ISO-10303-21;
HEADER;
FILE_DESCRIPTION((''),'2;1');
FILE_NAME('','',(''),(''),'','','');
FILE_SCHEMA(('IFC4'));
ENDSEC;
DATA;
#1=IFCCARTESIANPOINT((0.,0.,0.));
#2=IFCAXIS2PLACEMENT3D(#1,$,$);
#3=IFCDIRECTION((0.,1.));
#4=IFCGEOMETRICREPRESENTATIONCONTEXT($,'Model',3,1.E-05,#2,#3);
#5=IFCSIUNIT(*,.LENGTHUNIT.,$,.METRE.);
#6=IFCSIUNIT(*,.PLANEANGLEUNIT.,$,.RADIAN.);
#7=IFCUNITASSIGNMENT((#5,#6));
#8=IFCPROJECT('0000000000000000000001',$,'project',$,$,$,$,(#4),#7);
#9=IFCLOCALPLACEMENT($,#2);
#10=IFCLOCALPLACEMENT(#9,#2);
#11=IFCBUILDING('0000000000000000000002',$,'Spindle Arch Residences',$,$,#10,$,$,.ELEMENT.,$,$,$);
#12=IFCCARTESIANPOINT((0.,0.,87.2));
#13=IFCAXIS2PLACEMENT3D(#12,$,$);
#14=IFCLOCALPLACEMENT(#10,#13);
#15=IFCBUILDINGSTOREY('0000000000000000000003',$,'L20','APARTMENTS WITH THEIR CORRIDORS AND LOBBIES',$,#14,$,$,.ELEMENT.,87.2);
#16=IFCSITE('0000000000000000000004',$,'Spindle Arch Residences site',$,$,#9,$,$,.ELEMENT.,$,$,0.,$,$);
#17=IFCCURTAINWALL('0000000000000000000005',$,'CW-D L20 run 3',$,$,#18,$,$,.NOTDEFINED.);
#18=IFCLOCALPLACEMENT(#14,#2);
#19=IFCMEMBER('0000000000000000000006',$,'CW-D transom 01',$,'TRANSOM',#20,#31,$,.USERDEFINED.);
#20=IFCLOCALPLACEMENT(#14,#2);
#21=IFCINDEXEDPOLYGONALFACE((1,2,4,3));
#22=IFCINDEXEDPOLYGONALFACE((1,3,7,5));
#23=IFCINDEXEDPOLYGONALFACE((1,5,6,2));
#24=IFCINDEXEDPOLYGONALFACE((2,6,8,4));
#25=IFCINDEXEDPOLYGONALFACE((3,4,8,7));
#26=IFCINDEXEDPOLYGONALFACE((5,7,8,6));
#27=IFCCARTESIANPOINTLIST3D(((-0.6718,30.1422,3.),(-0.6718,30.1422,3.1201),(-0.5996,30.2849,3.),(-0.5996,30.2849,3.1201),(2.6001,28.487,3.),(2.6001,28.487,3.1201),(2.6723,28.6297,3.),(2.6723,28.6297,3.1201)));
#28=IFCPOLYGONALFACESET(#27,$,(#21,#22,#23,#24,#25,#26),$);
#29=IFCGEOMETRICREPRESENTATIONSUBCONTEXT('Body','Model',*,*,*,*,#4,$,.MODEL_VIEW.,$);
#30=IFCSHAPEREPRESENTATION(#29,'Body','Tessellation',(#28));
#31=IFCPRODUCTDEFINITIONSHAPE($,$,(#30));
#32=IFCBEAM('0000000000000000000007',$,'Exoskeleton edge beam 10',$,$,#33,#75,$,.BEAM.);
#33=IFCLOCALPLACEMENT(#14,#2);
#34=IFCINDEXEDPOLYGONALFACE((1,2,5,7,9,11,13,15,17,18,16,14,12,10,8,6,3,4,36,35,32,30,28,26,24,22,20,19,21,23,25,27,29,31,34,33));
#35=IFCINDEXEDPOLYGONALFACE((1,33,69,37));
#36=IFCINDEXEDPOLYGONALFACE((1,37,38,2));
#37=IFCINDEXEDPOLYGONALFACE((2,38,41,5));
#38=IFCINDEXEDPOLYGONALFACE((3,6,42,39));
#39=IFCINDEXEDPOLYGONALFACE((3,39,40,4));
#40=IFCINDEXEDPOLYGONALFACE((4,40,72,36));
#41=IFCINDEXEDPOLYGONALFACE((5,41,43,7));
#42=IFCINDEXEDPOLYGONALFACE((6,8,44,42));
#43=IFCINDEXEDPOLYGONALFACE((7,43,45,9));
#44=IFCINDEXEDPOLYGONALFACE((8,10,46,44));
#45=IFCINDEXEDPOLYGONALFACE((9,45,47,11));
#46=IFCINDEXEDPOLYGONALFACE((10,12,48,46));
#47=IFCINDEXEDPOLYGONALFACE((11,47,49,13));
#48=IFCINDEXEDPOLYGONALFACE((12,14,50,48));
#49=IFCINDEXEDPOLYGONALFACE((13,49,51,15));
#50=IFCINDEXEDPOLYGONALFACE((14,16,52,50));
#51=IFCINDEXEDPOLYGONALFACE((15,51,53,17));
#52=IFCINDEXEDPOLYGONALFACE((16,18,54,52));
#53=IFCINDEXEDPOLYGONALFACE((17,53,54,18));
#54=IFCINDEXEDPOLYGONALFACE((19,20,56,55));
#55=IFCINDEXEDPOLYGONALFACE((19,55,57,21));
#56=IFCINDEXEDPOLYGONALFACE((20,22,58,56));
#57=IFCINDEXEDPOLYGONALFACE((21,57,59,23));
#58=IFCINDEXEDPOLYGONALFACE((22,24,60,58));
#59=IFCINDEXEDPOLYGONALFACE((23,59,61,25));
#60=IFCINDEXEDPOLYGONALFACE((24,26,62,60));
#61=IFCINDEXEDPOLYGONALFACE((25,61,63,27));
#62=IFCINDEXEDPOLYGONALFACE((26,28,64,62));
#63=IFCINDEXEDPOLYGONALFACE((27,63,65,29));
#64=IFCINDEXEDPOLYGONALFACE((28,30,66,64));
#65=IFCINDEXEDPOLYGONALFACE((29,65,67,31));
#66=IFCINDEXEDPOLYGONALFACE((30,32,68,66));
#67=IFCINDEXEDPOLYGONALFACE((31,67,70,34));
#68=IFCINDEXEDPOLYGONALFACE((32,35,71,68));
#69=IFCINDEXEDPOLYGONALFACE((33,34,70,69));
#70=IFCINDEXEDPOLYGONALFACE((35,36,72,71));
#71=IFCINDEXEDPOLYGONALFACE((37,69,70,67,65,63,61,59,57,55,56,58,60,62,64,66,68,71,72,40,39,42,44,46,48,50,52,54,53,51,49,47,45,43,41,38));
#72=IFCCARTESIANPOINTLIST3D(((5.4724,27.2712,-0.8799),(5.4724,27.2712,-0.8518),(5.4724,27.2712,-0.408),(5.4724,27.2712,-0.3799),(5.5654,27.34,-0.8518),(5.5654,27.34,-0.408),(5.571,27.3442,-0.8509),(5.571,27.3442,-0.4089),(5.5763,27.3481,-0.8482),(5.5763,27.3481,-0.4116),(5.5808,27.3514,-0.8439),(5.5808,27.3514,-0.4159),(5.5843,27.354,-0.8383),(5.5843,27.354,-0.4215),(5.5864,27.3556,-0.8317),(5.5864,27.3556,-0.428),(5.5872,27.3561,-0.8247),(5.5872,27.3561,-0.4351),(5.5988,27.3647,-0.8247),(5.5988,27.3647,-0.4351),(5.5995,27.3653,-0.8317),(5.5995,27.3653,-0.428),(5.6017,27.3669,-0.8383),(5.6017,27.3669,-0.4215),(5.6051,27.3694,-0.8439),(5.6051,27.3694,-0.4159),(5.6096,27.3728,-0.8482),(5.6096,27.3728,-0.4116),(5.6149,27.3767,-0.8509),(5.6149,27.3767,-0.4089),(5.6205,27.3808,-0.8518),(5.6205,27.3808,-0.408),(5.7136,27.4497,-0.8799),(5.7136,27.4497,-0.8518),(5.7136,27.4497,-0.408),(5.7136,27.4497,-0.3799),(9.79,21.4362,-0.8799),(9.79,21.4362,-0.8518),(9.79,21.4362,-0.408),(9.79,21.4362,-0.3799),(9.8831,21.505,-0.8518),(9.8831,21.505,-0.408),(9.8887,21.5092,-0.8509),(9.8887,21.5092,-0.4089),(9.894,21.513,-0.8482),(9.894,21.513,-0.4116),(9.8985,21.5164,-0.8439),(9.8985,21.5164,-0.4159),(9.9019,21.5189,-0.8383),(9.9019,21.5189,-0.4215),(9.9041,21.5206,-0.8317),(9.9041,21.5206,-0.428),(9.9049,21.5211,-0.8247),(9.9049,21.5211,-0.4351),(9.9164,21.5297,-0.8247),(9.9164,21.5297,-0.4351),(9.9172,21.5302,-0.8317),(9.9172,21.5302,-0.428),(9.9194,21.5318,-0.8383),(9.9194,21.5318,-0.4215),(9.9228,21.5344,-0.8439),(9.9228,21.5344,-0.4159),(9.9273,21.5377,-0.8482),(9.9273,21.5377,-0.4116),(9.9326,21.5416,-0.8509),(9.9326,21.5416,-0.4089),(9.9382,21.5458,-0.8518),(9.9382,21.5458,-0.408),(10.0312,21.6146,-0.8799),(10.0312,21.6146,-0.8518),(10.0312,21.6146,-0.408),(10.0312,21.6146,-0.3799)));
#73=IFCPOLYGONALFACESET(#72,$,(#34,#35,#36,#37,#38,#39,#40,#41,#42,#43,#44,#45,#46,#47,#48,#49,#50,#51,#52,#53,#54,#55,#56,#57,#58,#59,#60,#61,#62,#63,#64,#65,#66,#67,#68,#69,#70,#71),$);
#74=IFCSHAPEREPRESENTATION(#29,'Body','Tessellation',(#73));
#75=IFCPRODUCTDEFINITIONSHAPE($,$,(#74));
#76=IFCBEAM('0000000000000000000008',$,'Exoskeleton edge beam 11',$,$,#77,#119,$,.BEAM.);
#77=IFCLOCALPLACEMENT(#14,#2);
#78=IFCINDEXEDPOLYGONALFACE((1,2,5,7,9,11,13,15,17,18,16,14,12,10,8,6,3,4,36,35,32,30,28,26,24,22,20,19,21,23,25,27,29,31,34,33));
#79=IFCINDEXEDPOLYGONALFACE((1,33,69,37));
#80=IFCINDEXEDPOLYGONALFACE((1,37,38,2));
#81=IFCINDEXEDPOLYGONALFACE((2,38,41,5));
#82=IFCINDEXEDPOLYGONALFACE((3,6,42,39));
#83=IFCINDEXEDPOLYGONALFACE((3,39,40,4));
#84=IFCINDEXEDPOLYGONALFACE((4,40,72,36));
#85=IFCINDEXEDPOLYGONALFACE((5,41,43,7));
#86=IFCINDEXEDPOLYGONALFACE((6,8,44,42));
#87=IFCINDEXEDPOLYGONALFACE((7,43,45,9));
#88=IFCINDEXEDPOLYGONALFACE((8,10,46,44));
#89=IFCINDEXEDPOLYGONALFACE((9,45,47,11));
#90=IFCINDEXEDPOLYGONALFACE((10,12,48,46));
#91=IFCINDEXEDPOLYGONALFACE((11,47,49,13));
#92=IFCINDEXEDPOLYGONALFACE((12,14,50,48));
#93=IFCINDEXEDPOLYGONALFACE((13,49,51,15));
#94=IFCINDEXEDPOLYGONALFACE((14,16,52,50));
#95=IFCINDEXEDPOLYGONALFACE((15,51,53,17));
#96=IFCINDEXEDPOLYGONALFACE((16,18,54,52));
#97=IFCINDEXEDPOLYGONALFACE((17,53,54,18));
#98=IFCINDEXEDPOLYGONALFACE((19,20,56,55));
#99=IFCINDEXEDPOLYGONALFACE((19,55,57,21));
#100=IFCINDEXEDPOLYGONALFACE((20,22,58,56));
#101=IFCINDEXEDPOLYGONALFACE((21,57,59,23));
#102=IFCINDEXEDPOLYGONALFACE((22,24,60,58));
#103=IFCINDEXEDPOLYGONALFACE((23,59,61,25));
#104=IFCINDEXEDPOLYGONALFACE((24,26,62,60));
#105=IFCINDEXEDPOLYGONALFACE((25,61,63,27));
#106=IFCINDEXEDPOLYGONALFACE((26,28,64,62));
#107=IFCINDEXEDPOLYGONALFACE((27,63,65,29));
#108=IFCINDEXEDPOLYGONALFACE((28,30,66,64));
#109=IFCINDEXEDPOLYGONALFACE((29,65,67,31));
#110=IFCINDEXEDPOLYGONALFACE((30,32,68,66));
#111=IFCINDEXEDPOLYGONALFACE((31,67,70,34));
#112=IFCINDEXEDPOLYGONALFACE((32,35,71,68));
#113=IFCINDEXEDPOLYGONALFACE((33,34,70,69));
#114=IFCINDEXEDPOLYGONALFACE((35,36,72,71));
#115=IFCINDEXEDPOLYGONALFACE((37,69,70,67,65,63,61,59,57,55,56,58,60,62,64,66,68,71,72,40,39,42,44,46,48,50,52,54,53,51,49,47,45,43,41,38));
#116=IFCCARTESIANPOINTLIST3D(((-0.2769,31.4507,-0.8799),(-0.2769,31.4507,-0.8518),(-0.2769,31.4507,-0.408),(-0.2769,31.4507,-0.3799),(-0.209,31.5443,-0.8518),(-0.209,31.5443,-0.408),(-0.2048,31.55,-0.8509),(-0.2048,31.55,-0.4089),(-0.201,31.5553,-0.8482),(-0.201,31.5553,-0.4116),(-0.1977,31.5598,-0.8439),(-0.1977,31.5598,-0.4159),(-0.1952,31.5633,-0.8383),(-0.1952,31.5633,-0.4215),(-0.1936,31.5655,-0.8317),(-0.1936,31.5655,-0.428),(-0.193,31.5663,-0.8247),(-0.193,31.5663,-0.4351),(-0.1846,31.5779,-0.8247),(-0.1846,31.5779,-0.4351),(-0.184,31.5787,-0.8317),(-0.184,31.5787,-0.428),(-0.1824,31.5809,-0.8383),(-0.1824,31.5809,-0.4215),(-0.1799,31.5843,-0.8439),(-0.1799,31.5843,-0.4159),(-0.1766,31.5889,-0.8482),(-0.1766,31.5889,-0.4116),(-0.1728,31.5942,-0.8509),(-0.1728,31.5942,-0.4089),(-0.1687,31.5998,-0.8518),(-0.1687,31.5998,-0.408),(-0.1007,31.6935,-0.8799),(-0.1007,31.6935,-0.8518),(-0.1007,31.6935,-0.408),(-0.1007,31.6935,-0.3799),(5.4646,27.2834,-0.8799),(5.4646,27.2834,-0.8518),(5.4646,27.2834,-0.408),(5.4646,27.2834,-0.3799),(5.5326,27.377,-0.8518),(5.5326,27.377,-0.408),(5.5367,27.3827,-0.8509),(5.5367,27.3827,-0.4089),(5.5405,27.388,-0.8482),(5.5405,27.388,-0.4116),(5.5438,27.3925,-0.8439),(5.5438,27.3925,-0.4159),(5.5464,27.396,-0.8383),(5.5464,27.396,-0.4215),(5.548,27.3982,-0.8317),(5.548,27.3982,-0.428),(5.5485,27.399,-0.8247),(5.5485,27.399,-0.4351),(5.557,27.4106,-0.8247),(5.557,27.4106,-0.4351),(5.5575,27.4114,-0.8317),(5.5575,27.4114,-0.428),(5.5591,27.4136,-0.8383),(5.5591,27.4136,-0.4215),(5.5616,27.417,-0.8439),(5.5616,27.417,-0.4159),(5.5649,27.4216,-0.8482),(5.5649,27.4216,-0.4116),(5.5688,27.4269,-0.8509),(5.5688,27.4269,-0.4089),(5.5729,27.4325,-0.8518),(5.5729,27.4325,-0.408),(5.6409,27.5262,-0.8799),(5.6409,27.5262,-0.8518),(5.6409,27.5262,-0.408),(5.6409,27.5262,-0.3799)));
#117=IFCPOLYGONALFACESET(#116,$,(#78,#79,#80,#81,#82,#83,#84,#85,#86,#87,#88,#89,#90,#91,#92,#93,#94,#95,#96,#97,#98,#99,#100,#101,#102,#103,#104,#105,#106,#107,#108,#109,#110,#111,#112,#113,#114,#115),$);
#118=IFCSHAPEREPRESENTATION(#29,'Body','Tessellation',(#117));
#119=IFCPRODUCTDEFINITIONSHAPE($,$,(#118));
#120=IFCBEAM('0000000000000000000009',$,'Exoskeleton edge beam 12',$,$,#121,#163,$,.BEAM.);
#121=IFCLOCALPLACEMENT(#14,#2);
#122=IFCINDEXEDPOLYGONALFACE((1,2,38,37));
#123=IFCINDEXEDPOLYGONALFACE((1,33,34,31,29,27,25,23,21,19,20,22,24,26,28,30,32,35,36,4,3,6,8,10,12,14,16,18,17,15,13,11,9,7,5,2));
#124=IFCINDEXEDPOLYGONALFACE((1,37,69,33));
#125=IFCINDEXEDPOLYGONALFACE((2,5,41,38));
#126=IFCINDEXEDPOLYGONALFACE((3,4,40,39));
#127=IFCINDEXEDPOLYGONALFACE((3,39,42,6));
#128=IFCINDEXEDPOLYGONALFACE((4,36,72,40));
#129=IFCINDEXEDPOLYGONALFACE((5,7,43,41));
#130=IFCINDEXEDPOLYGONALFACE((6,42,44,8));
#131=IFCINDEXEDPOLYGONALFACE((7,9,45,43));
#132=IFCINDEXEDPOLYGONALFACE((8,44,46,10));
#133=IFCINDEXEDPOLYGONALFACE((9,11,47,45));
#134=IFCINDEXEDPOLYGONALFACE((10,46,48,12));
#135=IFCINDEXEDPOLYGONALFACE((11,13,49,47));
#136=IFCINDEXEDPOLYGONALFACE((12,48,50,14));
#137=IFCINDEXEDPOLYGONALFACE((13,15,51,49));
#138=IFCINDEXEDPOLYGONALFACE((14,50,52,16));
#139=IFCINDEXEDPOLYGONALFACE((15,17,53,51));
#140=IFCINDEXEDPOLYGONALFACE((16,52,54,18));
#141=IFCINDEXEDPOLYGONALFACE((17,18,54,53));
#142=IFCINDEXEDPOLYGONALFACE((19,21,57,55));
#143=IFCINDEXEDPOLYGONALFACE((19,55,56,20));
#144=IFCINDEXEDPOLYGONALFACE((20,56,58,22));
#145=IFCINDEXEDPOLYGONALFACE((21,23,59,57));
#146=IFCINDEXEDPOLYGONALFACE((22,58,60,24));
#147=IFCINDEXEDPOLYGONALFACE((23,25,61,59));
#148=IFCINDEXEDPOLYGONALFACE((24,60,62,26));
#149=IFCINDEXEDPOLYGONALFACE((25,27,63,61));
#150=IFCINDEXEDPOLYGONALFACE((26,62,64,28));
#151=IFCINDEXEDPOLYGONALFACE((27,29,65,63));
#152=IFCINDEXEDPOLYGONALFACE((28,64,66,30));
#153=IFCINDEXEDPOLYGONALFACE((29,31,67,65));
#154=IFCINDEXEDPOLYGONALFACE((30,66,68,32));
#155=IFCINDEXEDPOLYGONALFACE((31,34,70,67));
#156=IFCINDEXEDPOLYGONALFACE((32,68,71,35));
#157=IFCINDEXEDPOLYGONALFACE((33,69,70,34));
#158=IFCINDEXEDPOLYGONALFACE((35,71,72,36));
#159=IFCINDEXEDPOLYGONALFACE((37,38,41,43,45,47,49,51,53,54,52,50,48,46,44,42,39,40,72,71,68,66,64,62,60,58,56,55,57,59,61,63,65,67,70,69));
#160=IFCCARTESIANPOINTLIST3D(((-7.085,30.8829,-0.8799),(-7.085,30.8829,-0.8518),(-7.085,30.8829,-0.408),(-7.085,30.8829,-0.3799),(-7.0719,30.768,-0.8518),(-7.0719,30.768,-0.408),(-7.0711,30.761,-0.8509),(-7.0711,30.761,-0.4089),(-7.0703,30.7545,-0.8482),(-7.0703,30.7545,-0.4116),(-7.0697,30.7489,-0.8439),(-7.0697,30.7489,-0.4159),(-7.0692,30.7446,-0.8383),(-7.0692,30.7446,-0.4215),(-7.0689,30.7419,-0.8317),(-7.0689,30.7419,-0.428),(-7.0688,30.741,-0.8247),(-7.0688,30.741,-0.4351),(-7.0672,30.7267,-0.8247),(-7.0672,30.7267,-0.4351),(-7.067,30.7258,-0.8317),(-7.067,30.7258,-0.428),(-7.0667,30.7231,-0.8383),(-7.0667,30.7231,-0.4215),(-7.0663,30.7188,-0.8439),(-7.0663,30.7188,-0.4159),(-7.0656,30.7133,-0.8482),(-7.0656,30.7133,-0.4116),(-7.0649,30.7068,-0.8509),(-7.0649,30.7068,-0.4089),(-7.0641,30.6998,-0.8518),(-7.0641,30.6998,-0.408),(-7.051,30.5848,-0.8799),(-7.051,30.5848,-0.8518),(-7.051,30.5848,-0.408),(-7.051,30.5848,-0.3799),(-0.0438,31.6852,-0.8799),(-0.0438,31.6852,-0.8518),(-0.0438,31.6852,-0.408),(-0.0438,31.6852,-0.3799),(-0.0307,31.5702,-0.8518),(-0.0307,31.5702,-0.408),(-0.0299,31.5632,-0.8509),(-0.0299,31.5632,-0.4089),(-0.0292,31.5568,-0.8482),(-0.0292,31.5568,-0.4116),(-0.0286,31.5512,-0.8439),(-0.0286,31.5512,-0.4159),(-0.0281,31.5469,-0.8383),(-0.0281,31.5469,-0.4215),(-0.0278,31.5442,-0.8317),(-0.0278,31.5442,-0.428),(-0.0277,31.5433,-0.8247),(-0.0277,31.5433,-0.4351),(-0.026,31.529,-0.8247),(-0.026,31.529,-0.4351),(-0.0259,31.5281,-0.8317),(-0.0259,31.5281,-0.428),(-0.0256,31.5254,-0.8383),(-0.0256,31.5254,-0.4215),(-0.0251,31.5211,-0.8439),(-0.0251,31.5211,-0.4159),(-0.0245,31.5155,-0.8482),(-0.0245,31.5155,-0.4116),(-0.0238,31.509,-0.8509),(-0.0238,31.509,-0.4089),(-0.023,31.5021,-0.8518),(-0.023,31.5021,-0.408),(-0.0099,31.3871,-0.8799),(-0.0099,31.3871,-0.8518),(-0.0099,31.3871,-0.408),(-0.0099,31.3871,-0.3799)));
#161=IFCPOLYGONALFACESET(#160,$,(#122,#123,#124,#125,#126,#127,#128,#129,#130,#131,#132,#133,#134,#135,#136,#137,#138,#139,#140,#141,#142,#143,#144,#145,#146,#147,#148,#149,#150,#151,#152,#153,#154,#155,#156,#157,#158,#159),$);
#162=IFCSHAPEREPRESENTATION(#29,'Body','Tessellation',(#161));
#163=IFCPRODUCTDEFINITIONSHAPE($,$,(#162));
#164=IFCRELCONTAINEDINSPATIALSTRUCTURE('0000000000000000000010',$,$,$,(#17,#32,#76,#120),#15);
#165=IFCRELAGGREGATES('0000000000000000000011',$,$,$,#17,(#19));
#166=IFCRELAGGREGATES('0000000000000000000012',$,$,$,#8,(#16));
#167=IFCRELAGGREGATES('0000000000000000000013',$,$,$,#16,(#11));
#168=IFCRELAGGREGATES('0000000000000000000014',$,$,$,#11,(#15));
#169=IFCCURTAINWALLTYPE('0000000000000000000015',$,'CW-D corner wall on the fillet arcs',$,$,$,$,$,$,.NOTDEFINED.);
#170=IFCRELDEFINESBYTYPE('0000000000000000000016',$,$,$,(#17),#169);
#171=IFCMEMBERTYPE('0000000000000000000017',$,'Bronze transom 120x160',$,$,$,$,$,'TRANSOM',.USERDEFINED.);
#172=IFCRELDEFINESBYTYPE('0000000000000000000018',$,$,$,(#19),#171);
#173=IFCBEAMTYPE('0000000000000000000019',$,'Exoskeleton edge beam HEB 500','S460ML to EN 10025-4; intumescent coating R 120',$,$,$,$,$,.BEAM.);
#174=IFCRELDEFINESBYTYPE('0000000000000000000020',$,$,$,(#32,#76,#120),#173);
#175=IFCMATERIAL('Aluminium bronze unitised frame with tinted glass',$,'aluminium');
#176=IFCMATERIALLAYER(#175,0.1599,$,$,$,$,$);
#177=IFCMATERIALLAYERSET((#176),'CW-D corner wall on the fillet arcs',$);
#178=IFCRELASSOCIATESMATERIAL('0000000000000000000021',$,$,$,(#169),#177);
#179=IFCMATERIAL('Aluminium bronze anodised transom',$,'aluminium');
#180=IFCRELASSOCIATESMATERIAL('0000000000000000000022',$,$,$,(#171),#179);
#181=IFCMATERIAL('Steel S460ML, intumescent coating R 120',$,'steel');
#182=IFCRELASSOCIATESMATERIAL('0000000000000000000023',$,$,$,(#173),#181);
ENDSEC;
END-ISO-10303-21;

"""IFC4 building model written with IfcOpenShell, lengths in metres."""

from ifc_helpers import new_model, si_unit, direction, frame, origin, origin_2d, place, context, subcontext, project, spatial, rectangle, i_section, extrude, material, layer, layer_set, material_profile, profile_set, type_object, element, aggregate, save


model = new_model("IFC4")

# Units and contexts
model_context = context("Model", 3, precision=1e-05, world=origin(), true_north=direction((0.0, 1.0)))
body_context = subcontext(model_context, "Body", "Model", "MODEL_VIEW")
ifc_project = project(units=[si_unit("LENGTHUNIT", "METRE"), si_unit("PLANEANGLEUNIT", "RADIAN")], contexts=[model_context])

# Site, building, storey
site_placement = place(None, origin())
site = spatial("IfcSite", under=ifc_project, at=site_placement, Name="Spindle Arch Residences site", CompositionType="ELEMENT", RefElevation=0.0)
building_placement = place(site_placement, origin())
building = spatial("IfcBuilding", under=site, at=building_placement, Name="Spindle Arch Residences", CompositionType="ELEMENT")
storey_placement = place(building_placement, frame((0.0, 0.0, 87.2)))
storey = spatial("IfcBuildingStorey", under=building, at=storey_placement, Name="L20", Description="APARTMENTS WITH THEIR CORRIDORS AND LOBBIES", CompositionType="ELEMENT", Elevation=87.2)

# Curtain wall, member
ifc_material_1 = material(Name="Aluminium bronze unitised frame with tinted glass", Category="aluminium")
ifc_layer_1 = layer(ifc_material_1, 0.1599)
ifc_layer_set_1 = layer_set([ifc_layer_1], Name="CW-D corner wall on the fillet arcs")
curtain_wall_type_1 = type_object("IfcCurtainWallType", Name="CW-D corner wall on the fillet arcs", PredefinedType="NOTDEFINED", material=ifc_layer_set_1)
curtain_wall_1_placement = place(storey_placement, origin())
curtain_wall_1 = element("IfcCurtainWall", 1, at=curtain_wall_1_placement, inside=storey, type_object=curtain_wall_type_1, Name="CW-D L20 run 3", PredefinedType="NOTDEFINED")
ifc_material_2 = material(Name="Aluminium bronze anodised transom", Category="aluminium")
ifc_material_profile_1 = material_profile(ifc_material_2, rectangle(XDim=0.1599, YDim=0.1201, at=origin_2d()), Name="TR 120x160")
ifc_profile_set_1 = profile_set([ifc_material_profile_1], Name="Aluminium bronze anodised transom")
member_type_1 = type_object("IfcMemberType", Name="Bronze transom 120x160", ElementType="TRANSOM", PredefinedType="USERDEFINED", material=ifc_profile_set_1)
member_1_placement = place(storey_placement, frame((2.6362, 28.5583, 3.0601), z_axis=(-0.892313, 0.451417, 0.0), x_axis=(-0.451417, -0.892313, 0.0)))
member_1 = element("IfcMember", 2, at=member_1_placement, type_object=member_type_1, Name="CW-D transom 01", ObjectType="TRANSOM", PredefinedType="USERDEFINED", context=body_context, shape_type="SweptSolid", body=[
    extrude(rectangle(XDim=0.1599, YDim=0.1201, at=origin_2d()), origin(), (0.0, 0.0, 1.0), 3.6667),
])

# Beams
ifc_material_3 = material(Name="Steel S460ML, intumescent coating R 120", Category="steel")
ifc_material_profile_2 = material_profile(ifc_material_3, i_section(OverallWidth=0.3, OverallDepth=0.5, WebThickness=0.0144, FlangeThickness=0.0281, FilletRadius=0.0271, at=origin_2d()), Name="HEB 500")
ifc_profile_set_2 = profile_set([ifc_material_profile_2], Name="Steel S460ML, intumescent coating R 120")
beam_type_1 = type_object("IfcBeamType", Name="Exoskeleton edge beam HEB 500", Description="S460ML to EN 10025-4; intumescent coating R 120", PredefinedType="BEAM", material=ifc_profile_set_2)
beam_1_placement = place(storey_placement, frame((9.9106, 21.5254, -0.6299), z_axis=(-0.594821, 0.803858, 0.0), x_axis=(-0.803858, -0.594821, 0.0)))
element("IfcBeam", 3, at=beam_1_placement, inside=storey, type_object=beam_type_1, Name="Exoskeleton edge beam 10", PredefinedType="BEAM", context=body_context, shape_type="SweptSolid", body=[
    extrude(i_section(OverallWidth=0.3, OverallDepth=0.5, WebThickness=0.0144, FlangeThickness=0.0281, FilletRadius=0.0271, at=origin_2d()), origin(), (0.0, 0.0, 1.0), 7.2588),
])
beam_2_placement = place(storey_placement, frame((5.5527, 27.4048, -0.6299), z_axis=(-0.809297, 0.5874, 0.0), x_axis=(-0.5874, -0.809297, 0.0)))
element("IfcBeam", 4, at=beam_2_placement, inside=storey, type_object=beam_type_1, Name="Exoskeleton edge beam 11", PredefinedType="BEAM", context=body_context, shape_type="SweptSolid", body=[
    extrude(i_section(OverallWidth=0.3, OverallDepth=0.5, WebThickness=0.0144, FlangeThickness=0.0281, FilletRadius=0.0271, at=origin_2d()), origin(), (0.0, 0.0, 1.0), 7.0945),
])
beam_3_placement = place(storey_placement, frame((-0.0269, 31.5361, -0.6299), z_axis=(-0.993571, -0.113207, 0.0), x_axis=(0.113207, -0.993571, 0.0)))
element("IfcBeam", 5, at=beam_3_placement, inside=storey, type_object=beam_type_1, Name="Exoskeleton edge beam 12", PredefinedType="BEAM", context=body_context, shape_type="SweptSolid", body=[
    extrude(i_section(OverallWidth=0.3, OverallDepth=0.5, WebThickness=0.0144, FlangeThickness=0.0281, FilletRadius=0.0271, at=origin_2d()), origin(), (0.0, 0.0, 1.0), 7.0867),
])

aggregate(curtain_wall_1, [member_1])

save(model, "model.ifc")
